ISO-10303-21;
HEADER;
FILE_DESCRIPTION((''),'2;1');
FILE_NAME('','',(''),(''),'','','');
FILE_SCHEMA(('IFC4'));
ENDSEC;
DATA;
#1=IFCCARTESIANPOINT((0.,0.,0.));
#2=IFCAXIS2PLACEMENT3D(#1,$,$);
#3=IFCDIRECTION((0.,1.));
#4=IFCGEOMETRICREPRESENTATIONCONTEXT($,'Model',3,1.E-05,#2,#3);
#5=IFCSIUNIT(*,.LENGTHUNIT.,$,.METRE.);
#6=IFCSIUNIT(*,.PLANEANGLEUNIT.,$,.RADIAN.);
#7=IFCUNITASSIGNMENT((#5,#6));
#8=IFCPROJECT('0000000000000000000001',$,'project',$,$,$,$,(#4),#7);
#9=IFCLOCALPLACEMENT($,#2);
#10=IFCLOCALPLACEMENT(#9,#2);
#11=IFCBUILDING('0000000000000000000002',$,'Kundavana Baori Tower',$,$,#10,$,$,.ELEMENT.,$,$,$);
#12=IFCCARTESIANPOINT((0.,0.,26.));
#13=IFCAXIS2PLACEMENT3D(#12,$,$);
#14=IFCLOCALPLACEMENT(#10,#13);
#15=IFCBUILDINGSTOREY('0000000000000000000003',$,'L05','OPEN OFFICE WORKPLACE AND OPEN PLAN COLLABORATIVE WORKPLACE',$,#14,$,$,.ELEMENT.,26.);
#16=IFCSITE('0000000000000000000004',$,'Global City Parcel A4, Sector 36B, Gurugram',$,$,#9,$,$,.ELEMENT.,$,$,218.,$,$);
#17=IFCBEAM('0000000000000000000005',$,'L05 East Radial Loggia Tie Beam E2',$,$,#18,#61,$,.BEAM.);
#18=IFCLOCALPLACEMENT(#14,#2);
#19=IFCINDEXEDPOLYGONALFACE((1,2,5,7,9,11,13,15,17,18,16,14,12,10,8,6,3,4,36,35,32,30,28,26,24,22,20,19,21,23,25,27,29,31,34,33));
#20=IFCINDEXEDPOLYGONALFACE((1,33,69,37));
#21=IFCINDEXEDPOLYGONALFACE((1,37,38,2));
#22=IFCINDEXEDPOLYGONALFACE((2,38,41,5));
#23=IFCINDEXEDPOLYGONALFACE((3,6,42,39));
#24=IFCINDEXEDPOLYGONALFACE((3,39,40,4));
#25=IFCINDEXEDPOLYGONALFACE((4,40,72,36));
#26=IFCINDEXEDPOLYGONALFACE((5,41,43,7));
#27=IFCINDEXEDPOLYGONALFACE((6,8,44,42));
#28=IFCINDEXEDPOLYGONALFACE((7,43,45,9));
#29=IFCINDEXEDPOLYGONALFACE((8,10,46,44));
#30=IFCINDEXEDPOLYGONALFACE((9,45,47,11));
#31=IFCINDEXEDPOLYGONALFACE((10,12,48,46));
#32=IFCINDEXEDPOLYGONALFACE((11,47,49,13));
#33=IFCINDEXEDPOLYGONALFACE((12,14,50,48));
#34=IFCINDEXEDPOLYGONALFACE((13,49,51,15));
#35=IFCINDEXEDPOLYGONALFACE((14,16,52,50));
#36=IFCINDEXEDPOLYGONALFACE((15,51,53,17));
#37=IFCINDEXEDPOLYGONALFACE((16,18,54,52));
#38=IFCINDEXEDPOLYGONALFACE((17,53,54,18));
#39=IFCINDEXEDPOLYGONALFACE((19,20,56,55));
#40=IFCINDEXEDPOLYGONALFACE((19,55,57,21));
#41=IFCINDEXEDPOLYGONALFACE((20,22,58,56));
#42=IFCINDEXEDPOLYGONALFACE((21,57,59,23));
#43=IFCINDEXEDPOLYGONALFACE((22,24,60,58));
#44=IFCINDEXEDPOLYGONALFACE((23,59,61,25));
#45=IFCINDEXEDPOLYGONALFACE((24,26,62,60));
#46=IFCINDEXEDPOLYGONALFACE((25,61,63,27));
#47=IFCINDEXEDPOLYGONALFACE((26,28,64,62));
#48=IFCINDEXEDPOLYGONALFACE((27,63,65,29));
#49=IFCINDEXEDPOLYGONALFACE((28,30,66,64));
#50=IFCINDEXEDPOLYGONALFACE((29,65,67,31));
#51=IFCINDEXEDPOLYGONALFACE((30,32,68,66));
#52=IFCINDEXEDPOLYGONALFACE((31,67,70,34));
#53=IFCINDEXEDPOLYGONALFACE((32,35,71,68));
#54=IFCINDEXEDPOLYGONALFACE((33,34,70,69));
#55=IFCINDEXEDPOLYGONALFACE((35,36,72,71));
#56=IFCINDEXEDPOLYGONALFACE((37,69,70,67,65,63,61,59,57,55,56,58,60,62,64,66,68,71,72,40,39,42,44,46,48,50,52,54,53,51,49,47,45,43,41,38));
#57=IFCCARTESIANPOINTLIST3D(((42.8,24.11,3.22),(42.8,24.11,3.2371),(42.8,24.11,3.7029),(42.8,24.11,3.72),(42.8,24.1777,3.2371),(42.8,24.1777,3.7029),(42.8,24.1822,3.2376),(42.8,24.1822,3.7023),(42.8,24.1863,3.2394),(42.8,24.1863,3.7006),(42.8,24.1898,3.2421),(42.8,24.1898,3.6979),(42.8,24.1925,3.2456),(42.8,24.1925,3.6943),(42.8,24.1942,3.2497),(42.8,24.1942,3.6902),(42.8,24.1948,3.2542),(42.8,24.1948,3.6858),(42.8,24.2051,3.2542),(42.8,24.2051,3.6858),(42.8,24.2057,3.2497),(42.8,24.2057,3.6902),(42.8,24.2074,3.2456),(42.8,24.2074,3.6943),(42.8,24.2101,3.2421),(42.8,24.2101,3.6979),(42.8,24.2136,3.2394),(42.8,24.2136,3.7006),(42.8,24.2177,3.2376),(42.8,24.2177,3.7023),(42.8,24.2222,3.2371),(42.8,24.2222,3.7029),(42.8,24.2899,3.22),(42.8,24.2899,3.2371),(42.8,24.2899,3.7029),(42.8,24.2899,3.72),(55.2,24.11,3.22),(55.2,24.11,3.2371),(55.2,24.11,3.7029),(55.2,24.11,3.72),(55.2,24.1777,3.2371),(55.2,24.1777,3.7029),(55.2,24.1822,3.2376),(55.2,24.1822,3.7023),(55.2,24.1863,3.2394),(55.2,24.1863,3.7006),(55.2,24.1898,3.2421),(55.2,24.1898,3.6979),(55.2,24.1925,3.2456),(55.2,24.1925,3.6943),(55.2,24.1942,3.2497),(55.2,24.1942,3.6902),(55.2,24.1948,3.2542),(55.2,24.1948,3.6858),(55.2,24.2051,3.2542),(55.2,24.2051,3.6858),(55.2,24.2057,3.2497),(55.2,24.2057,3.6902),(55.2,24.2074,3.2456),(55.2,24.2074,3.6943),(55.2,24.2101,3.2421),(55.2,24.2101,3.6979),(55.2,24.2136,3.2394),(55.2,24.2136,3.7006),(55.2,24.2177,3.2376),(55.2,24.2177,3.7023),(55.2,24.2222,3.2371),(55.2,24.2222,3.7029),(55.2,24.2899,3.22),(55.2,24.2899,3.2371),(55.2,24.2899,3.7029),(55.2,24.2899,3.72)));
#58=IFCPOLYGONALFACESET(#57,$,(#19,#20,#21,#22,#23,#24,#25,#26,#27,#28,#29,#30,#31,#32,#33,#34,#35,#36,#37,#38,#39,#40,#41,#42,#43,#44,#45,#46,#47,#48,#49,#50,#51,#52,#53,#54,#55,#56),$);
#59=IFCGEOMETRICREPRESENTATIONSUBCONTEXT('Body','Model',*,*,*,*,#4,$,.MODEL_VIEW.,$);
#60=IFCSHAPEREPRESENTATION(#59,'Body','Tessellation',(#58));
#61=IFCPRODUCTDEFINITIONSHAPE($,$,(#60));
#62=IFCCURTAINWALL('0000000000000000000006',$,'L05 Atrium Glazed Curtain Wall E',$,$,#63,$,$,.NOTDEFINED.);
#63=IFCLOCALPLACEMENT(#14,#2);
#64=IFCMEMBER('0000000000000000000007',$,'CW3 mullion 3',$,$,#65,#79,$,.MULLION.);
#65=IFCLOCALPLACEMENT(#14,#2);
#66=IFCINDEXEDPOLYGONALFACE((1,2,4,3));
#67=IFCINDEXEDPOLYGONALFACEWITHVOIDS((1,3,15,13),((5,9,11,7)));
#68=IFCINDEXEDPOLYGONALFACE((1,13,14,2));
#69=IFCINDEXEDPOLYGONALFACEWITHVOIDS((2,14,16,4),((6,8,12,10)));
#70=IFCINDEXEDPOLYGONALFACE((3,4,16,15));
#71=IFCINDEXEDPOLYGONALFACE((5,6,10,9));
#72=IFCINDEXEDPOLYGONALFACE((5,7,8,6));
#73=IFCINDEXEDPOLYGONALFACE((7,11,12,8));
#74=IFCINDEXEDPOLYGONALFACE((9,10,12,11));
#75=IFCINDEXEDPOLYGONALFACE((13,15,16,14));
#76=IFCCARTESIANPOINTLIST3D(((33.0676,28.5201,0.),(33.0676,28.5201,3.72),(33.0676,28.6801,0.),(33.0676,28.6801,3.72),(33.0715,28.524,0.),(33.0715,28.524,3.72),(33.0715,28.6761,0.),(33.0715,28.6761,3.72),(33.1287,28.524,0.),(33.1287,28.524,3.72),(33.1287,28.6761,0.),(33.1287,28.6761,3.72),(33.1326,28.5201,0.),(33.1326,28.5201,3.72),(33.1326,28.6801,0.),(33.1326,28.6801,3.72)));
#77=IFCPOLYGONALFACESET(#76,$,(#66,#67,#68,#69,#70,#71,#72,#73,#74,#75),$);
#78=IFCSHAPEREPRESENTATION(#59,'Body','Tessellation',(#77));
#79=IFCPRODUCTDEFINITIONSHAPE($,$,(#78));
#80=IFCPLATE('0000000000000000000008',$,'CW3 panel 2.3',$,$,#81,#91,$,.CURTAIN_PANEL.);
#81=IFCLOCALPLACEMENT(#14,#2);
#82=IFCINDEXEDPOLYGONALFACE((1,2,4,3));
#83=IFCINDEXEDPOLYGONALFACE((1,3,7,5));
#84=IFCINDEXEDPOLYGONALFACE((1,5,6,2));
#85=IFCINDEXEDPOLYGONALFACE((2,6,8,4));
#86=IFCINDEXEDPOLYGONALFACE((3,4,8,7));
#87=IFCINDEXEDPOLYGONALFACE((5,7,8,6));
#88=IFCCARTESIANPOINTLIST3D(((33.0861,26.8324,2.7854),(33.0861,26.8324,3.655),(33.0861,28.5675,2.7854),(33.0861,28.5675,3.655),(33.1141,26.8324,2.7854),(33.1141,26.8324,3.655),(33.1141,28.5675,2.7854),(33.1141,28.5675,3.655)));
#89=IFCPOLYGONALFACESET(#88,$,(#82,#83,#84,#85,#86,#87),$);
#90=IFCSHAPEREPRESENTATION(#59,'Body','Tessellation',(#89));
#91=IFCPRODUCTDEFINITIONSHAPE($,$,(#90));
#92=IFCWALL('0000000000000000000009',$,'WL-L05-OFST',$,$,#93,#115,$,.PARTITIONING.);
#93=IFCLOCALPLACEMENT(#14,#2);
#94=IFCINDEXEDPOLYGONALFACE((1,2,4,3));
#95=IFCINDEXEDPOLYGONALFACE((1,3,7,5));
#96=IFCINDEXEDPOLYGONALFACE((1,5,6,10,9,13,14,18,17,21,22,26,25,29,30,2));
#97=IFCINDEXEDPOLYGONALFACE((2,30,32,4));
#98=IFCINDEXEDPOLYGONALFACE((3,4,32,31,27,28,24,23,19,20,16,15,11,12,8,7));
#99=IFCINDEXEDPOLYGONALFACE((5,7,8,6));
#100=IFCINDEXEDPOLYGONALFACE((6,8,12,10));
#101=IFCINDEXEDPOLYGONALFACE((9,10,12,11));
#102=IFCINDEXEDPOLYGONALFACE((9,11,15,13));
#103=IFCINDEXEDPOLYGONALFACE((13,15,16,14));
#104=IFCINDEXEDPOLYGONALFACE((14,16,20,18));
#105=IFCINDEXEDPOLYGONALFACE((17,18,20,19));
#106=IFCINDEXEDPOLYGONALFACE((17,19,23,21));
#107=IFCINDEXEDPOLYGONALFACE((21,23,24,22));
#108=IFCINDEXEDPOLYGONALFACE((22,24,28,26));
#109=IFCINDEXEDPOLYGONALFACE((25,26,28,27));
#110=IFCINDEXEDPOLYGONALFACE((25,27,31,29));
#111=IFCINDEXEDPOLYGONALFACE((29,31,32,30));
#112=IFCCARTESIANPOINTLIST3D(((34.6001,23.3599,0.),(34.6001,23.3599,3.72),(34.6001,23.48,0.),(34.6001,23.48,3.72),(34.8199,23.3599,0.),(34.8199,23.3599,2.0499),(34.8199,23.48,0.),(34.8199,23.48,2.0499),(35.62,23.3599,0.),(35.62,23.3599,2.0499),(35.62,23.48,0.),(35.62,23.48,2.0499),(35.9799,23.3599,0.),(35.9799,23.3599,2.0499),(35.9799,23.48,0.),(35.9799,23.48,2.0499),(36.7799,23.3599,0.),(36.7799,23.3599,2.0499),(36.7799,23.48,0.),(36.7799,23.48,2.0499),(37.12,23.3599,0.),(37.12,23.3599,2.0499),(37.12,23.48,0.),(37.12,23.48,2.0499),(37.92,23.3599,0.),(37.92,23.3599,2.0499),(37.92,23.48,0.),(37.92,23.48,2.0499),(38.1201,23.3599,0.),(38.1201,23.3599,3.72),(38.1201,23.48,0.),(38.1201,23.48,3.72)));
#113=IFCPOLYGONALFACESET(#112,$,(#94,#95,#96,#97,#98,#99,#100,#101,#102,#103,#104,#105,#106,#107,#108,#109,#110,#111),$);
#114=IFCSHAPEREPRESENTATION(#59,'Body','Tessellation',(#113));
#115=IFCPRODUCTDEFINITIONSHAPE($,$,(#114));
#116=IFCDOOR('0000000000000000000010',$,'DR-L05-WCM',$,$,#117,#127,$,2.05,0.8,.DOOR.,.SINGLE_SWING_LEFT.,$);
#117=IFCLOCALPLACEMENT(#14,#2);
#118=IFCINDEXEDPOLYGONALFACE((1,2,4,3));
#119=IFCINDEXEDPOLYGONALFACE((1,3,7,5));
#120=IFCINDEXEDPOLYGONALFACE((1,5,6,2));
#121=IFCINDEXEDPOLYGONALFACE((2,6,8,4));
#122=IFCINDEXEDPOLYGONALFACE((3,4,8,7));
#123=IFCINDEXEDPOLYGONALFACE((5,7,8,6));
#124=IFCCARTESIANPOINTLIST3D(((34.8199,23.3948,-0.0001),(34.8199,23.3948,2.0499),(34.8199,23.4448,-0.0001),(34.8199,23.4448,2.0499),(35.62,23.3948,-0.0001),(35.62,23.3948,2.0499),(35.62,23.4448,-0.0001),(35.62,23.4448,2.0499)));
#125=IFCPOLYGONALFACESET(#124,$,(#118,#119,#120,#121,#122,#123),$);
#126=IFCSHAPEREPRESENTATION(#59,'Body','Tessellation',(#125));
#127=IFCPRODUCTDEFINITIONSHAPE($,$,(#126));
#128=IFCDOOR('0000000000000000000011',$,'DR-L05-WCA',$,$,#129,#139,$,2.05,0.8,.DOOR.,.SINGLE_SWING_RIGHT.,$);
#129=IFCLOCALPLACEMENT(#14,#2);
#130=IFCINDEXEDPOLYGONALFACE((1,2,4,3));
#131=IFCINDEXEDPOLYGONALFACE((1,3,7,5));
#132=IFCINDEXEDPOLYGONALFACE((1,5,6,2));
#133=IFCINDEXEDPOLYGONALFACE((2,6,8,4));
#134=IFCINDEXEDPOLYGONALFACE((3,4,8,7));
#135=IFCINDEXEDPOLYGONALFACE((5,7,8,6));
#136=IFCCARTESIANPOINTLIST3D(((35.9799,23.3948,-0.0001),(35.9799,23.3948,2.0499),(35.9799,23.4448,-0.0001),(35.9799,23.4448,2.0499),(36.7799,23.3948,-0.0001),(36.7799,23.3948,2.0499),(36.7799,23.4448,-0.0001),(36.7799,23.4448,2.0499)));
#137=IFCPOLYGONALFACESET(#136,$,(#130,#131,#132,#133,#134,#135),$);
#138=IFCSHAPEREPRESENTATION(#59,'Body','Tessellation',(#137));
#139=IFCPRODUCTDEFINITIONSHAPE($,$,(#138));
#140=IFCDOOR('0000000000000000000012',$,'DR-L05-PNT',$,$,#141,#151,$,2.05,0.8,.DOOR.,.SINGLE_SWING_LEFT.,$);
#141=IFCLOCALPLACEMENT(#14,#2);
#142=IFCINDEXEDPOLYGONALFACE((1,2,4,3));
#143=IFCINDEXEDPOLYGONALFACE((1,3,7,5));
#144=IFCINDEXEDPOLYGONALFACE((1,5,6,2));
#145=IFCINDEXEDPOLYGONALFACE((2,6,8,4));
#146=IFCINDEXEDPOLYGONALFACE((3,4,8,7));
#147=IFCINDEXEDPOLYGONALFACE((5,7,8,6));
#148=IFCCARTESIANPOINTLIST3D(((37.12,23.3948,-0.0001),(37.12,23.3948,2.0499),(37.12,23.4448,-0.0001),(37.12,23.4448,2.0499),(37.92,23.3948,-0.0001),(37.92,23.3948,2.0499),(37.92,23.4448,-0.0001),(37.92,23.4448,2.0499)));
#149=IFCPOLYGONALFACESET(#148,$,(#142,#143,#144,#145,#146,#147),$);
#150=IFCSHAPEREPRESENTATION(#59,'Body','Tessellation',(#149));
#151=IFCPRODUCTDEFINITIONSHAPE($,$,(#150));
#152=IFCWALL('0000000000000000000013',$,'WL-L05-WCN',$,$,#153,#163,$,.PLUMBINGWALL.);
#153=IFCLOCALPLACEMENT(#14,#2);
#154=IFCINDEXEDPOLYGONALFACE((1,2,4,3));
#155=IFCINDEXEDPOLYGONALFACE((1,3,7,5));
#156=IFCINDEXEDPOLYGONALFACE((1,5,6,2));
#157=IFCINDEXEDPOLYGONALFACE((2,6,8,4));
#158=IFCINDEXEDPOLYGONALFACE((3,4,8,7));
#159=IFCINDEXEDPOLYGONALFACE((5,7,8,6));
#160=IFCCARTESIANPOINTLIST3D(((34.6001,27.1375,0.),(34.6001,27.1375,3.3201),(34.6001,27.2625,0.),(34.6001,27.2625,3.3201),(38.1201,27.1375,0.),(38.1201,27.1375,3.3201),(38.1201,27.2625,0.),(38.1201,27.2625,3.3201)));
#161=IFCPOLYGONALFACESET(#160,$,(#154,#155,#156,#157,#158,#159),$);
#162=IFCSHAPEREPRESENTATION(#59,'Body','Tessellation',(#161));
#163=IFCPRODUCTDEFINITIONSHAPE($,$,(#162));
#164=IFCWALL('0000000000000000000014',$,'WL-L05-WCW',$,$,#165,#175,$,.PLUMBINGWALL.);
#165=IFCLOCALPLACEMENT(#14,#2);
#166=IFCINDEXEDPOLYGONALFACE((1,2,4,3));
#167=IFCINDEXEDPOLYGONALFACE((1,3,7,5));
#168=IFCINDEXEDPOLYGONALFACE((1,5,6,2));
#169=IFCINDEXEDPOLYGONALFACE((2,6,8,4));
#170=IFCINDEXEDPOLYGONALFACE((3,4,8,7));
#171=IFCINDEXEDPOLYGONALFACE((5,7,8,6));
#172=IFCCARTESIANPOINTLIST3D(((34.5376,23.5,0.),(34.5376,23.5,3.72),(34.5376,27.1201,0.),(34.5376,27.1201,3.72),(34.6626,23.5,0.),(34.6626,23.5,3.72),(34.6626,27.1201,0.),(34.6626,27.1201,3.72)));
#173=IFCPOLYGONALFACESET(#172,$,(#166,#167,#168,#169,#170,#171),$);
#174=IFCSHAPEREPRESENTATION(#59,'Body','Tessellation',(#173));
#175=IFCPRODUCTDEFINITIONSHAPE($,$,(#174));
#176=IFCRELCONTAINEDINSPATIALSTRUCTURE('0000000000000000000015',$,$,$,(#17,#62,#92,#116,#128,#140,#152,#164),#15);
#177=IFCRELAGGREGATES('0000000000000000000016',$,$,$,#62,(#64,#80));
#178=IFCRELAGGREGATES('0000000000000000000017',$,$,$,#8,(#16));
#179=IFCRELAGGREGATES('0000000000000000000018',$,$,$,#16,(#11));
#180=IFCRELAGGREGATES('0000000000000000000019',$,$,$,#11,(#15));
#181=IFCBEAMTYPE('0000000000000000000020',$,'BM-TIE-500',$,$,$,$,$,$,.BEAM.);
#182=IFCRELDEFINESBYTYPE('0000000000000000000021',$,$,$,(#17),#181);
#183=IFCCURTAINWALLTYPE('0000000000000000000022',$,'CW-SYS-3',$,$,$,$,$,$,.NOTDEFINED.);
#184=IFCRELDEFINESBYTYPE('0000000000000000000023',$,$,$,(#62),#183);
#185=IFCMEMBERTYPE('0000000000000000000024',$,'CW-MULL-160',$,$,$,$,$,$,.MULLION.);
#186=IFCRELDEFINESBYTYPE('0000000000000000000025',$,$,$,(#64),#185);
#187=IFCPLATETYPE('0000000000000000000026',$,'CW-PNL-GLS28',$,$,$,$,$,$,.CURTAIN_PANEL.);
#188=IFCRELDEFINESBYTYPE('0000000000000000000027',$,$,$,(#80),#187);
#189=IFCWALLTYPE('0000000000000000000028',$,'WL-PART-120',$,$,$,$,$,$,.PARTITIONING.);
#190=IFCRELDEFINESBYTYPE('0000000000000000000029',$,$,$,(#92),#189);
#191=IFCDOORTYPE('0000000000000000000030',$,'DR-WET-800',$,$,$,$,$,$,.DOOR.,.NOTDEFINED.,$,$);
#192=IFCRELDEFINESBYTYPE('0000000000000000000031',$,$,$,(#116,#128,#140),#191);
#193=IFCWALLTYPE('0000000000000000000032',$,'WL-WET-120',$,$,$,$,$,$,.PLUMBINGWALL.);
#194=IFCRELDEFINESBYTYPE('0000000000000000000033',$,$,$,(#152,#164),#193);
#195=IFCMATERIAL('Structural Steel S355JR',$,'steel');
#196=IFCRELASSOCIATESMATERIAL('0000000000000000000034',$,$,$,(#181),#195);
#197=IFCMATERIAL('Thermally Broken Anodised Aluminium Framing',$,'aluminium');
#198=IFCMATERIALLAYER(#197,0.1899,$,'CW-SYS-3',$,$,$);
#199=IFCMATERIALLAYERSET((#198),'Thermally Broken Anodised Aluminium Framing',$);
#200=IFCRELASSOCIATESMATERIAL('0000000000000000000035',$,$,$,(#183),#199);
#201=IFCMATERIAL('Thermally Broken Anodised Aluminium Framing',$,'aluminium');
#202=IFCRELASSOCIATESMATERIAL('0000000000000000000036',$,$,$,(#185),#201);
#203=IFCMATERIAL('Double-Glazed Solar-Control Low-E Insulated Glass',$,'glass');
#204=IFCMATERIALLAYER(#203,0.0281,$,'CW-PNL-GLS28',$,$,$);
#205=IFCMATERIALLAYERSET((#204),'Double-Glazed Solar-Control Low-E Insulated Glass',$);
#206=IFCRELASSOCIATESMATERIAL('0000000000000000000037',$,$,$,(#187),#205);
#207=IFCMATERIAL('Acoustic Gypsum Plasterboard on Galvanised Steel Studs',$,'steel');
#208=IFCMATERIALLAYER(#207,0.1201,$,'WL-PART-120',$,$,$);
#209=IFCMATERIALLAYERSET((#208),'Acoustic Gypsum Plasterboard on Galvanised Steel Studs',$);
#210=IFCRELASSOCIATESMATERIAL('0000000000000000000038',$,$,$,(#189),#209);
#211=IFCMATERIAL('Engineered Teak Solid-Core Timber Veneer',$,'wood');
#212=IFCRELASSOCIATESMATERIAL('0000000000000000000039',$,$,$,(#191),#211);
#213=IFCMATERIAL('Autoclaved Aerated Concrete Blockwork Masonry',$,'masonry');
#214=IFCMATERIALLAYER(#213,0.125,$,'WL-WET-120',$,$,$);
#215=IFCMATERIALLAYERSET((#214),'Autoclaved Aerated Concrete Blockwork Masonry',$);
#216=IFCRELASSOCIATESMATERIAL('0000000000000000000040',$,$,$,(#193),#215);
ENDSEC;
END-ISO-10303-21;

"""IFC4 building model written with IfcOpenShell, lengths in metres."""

from ifc_helpers import new_model, si_unit, direction, frame, frame_2d, origin, origin_2d, place, context, subcontext, project, spatial, rectangle, hollow_rectangle, i_section, extrude, material, layer, layer_set, material_profile, profile_set, type_object, element, fill, aggregate, save


model = new_model("IFC4")

# Units and contexts
model_context = context("Model", 3, precision=1e-05, world=origin(), true_north=direction((0.0, 1.0)))
body_context = subcontext(model_context, "Body", "Model", "MODEL_VIEW")
ifc_project = project(units=[si_unit("LENGTHUNIT", "METRE"), si_unit("PLANEANGLEUNIT", "RADIAN")], contexts=[model_context])

# Site, building, storey
site_placement = place(None, origin())
site = spatial("IfcSite", under=ifc_project, at=site_placement, Name="Global City Parcel A4, Sector 36B, Gurugram", CompositionType="ELEMENT", RefElevation=218.0)
building_placement = place(site_placement, origin())
building = spatial("IfcBuilding", under=site, at=building_placement, Name="Kundavana Baori Tower", CompositionType="ELEMENT")
storey_placement = place(building_placement, frame((0.0, 0.0, 26.0)))
storey = spatial("IfcBuildingStorey", under=building, at=storey_placement, Name="L05", Description="OPEN OFFICE WORKPLACE AND OPEN PLAN COLLABORATIVE WORKPLACE", CompositionType="ELEMENT", Elevation=26.0)

# Beam
ifc_material_1 = material(Name="Structural Steel S355JR", Category="steel")
ifc_material_profile_1 = material_profile(ifc_material_1, i_section(OverallWidth=0.1799, OverallDepth=0.5, WebThickness=0.0103, FlangeThickness=0.0171, FilletRadius=0.0171, at=origin_2d()), Name="ISMB 500")
ifc_profile_set_1 = profile_set([ifc_material_profile_1], Name="Structural Steel S355JR")
beam_type_1 = type_object("IfcBeamType", Name="BM-TIE-500", PredefinedType="BEAM", material=ifc_profile_set_1)
beam_1_placement = place(storey_placement, frame((42.8, 24.2, 3.47), z_axis=(1.0, 0.0, 0.0), x_axis=(0.0, 1.0, 0.0)))
element("IfcBeam", 1, at=beam_1_placement, inside=storey, type_object=beam_type_1, Name="L05 East Radial Loggia Tie Beam E2", PredefinedType="BEAM", context=body_context, shape_type="SweptSolid", body=[
    extrude(i_section(OverallWidth=0.1799, OverallDepth=0.5, WebThickness=0.0103, FlangeThickness=0.0171, FilletRadius=0.0171, at=origin_2d()), origin(), (0.0, 0.0, 1.0), 12.3999),
])

# Curtain wall, member, plate
ifc_material_2 = material(Name="Thermally Broken Anodised Aluminium Framing", Category="aluminium")
ifc_layer_1 = layer(ifc_material_2, 0.1899, Name="CW-SYS-3")
ifc_layer_set_1 = layer_set([ifc_layer_1], Name="Thermally Broken Anodised Aluminium Framing")
curtain_wall_type = type_object("IfcCurtainWallType", Name="CW-SYS-3", PredefinedType="NOTDEFINED", material=ifc_layer_set_1)
curtain_wall_placement = place(storey_placement, origin())
curtain_wall = element("IfcCurtainWall", 2, at=curtain_wall_placement, inside=storey, type_object=curtain_wall_type, Name="L05 Atrium Glazed Curtain Wall E", PredefinedType="NOTDEFINED")
ifc_material_3 = material(Name="Thermally Broken Anodised Aluminium Framing", Category="aluminium")
ifc_material_profile_2 = material_profile(ifc_material_3, hollow_rectangle(XDim=0.0649, YDim=0.1599, WallThickness=0.0039, at=origin_2d()), Name="CW-MULL-160")
ifc_profile_set_2 = profile_set([ifc_material_profile_2], Name="Thermally Broken Anodised Aluminium Framing")
member_type = type_object("IfcMemberType", Name="CW-MULL-160", PredefinedType="MULLION", material=ifc_profile_set_2)
member_placement = place(storey_placement, frame((33.1001, 28.6001, 0.0), z_axis=(0.0, 0.0, 1.0), x_axis=(-1.0, 0.0, 0.0)))
member = element("IfcMember", 3, at=member_placement, type_object=member_type, Name="CW3 mullion 3", PredefinedType="MULLION", context=body_context, shape_type="SweptSolid", body=[
    extrude(hollow_rectangle(XDim=0.0649, YDim=0.1599, WallThickness=0.0039, at=origin_2d()), origin(), (0.0, 0.0, 1.0), 3.72),
])
ifc_material_4 = material(Name="Double-Glazed Solar-Control Low-E Insulated Glass", Category="glass")
ifc_layer_2 = layer(ifc_material_4, 0.0281, Name="CW-PNL-GLS28")
ifc_layer_set_2 = layer_set([ifc_layer_2], Name="Double-Glazed Solar-Control Low-E Insulated Glass")
plate_type = type_object("IfcPlateType", Name="CW-PNL-GLS28", PredefinedType="CURTAIN_PANEL", material=ifc_layer_set_2)
plate_placement = place(storey_placement, frame((33.1001, 27.7, 2.7854), z_axis=(0.0, 0.0, 1.0), x_axis=(0.0, 1.0, 0.0)))
plate = element("IfcPlate", 4, at=plate_placement, type_object=plate_type, Name="CW3 panel 2.3", PredefinedType="CURTAIN_PANEL", context=body_context, shape_type="SweptSolid", body=[
    extrude(rectangle(XDim=1.7351, YDim=0.0281, at=origin_2d()), origin(), (0.0, 0.0, 1.0), 0.8696),
])
aggregate(curtain_wall, [member, plate])

# Wall, openings, doors
ifc_material_5 = material(Name="Acoustic Gypsum Plasterboard on Galvanised Steel Studs", Category="steel")
ifc_layer_3 = layer(ifc_material_5, 0.1201, Name="WL-PART-120")
ifc_layer_set_3 = layer_set([ifc_layer_3], Name="Acoustic Gypsum Plasterboard on Galvanised Steel Studs")
wall_type_1 = type_object("IfcWallType", Name="WL-PART-120", PredefinedType="PARTITIONING", material=ifc_layer_set_3)
wall_1_placement = place(storey_placement, frame((34.6001, 23.4199, 0.0), z_axis=(0.0, 0.0, 1.0), x_axis=(1.0, 0.0, 0.0)))
wall_1 = element("IfcWall", 5, at=wall_1_placement, inside=storey, type_object=wall_type_1, Name="WL-L05-OFST", PredefinedType="PARTITIONING", context=body_context, shape_type="SweptSolid", body=[
    extrude(rectangle(XDim=3.52, YDim=0.1201, at=frame_2d((1.76, 0.0))), origin(), (0.0, 0.0, 1.0), 3.72),
])
opening_1_placement = place(wall_1_placement, frame((0.22, 0.0, 0.0)))
opening_1 = element("IfcOpeningElement", 6, at=opening_1_placement, cuts=wall_1, PredefinedType="OPENING", context=body_context, shape_type="SweptSolid", body=[
    extrude(rectangle(XDim=0.8, YDim=2.05, at=frame_2d((0.3999, 1.0249))), frame((0.0, 0.0701, 0.0), z_axis=(0.0, -1.0, 0.0), x_axis=(1.0, 0.0, 0.0)), (0.0, 0.0, 1.0), 0.1401),
])
opening_2_placement = place(wall_1_placement, frame((1.3799, 0.0, 0.0)))
opening_2 = element("IfcOpeningElement", 7, at=opening_2_placement, cuts=wall_1, PredefinedType="OPENING", context=body_context, shape_type="SweptSolid", body=[
    extrude(rectangle(XDim=0.8, YDim=2.05, at=frame_2d((0.3999, 1.0249))), frame((0.0, 0.0701, 0.0), z_axis=(0.0, -1.0, 0.0), x_axis=(1.0, 0.0, 0.0)), (0.0, 0.0, 1.0), 0.1401),
])
opening_3_placement = place(wall_1_placement, frame((2.52, 0.0, 0.0)))
opening_3 = element("IfcOpeningElement", 8, at=opening_3_placement, cuts=wall_1, PredefinedType="OPENING", context=body_context, shape_type="SweptSolid", body=[
    extrude(rectangle(XDim=0.8, YDim=2.05, at=frame_2d((0.3999, 1.0249))), frame((0.0, 0.0701, 0.0), z_axis=(0.0, -1.0, 0.0), x_axis=(1.0, 0.0, 0.0)), (0.0, 0.0, 1.0), 0.1401),
])
ifc_material_6 = material(Name="Engineered Teak Solid-Core Timber Veneer", Category="wood")
door_type = type_object("IfcDoorType", Name="DR-WET-800", OperationType="NOTDEFINED", PredefinedType="DOOR", material=ifc_material_6)
door_1_placement = place(opening_1_placement, origin())
door_1 = element("IfcDoor", 9, at=door_1_placement, inside=storey, type_object=door_type, Name="DR-L05-WCM", OperationType="SINGLE_SWING_LEFT", OverallHeight=2.05, OverallWidth=0.8, PredefinedType="DOOR", context=body_context, shape_type="SweptSolid", body=[
    extrude(rectangle(XDim=0.8, YDim=2.05, at=frame_2d((0.3999, 1.0249))), frame((0.0, 0.0249, 0.0), z_axis=(0.0, -1.0, 0.0), x_axis=(1.0, 0.0, 0.0)), (0.0, 0.0, 1.0), 0.05),
])
fill(opening_1, door_1)
door_2_placement = place(opening_2_placement, origin())
door_2 = element("IfcDoor", 10, at=door_2_placement, inside=storey, type_object=door_type, Name="DR-L05-WCA", OperationType="SINGLE_SWING_RIGHT", OverallHeight=2.05, OverallWidth=0.8, PredefinedType="DOOR", context=body_context, shape_type="SweptSolid", body=[
    extrude(rectangle(XDim=0.8, YDim=2.05, at=frame_2d((0.3999, 1.0249))), frame((0.0, 0.0249, 0.0), z_axis=(0.0, -1.0, 0.0), x_axis=(1.0, 0.0, 0.0)), (0.0, 0.0, 1.0), 0.05),
])
fill(opening_2, door_2)
door_3_placement = place(opening_3_placement, origin())
door_3 = element("IfcDoor", 11, at=door_3_placement, inside=storey, type_object=door_type, Name="DR-L05-PNT", OperationType="SINGLE_SWING_LEFT", OverallHeight=2.05, OverallWidth=0.8, PredefinedType="DOOR", context=body_context, shape_type="SweptSolid", body=[
    extrude(rectangle(XDim=0.8, YDim=2.05, at=frame_2d((0.3999, 1.0249))), frame((0.0, 0.0249, 0.0), z_axis=(0.0, -1.0, 0.0), x_axis=(1.0, 0.0, 0.0)), (0.0, 0.0, 1.0), 0.05),
])
fill(opening_3, door_3)

# Walls
ifc_material_7 = material(Name="Autoclaved Aerated Concrete Blockwork Masonry", Category="masonry")
ifc_layer_4 = layer(ifc_material_7, 0.125, Name="WL-WET-120")
ifc_layer_set_4 = layer_set([ifc_layer_4], Name="Autoclaved Aerated Concrete Blockwork Masonry")
wall_type_2 = type_object("IfcWallType", Name="WL-WET-120", PredefinedType="PLUMBINGWALL", material=ifc_layer_set_4)
wall_2_placement = place(storey_placement, frame((34.6001, 27.2, 0.0), z_axis=(0.0, 0.0, 1.0), x_axis=(1.0, 0.0, 0.0)))
element("IfcWall", 12, at=wall_2_placement, inside=storey, type_object=wall_type_2, Name="WL-L05-WCN", PredefinedType="PLUMBINGWALL", context=body_context, shape_type="SweptSolid", body=[
    extrude(rectangle(XDim=3.52, YDim=0.125, at=frame_2d((1.76, 0.0))), origin(), (0.0, 0.0, 1.0), 3.3201),
])
for number, where, z_axis, x_axis, name in (
    (13, (34.6001, 23.5, 0.0), (0.0, 0.0, 1.0), (0.0, 1.0, 0.0), "WL-L05-WCW"),
):
    element("IfcWall", number, at=place(storey_placement, frame(where, z_axis=z_axis, x_axis=x_axis)), inside=storey, type_object=wall_type_2, Name=name, PredefinedType="PLUMBINGWALL", context=body_context, shape_type="SweptSolid", body=[
        extrude(rectangle(XDim=3.6201, YDim=0.125, at=frame_2d((1.8101, 0.0))), origin(), (0.0, 0.0, 1.0), 3.72),
    ])

save(model, "model.ifc")
